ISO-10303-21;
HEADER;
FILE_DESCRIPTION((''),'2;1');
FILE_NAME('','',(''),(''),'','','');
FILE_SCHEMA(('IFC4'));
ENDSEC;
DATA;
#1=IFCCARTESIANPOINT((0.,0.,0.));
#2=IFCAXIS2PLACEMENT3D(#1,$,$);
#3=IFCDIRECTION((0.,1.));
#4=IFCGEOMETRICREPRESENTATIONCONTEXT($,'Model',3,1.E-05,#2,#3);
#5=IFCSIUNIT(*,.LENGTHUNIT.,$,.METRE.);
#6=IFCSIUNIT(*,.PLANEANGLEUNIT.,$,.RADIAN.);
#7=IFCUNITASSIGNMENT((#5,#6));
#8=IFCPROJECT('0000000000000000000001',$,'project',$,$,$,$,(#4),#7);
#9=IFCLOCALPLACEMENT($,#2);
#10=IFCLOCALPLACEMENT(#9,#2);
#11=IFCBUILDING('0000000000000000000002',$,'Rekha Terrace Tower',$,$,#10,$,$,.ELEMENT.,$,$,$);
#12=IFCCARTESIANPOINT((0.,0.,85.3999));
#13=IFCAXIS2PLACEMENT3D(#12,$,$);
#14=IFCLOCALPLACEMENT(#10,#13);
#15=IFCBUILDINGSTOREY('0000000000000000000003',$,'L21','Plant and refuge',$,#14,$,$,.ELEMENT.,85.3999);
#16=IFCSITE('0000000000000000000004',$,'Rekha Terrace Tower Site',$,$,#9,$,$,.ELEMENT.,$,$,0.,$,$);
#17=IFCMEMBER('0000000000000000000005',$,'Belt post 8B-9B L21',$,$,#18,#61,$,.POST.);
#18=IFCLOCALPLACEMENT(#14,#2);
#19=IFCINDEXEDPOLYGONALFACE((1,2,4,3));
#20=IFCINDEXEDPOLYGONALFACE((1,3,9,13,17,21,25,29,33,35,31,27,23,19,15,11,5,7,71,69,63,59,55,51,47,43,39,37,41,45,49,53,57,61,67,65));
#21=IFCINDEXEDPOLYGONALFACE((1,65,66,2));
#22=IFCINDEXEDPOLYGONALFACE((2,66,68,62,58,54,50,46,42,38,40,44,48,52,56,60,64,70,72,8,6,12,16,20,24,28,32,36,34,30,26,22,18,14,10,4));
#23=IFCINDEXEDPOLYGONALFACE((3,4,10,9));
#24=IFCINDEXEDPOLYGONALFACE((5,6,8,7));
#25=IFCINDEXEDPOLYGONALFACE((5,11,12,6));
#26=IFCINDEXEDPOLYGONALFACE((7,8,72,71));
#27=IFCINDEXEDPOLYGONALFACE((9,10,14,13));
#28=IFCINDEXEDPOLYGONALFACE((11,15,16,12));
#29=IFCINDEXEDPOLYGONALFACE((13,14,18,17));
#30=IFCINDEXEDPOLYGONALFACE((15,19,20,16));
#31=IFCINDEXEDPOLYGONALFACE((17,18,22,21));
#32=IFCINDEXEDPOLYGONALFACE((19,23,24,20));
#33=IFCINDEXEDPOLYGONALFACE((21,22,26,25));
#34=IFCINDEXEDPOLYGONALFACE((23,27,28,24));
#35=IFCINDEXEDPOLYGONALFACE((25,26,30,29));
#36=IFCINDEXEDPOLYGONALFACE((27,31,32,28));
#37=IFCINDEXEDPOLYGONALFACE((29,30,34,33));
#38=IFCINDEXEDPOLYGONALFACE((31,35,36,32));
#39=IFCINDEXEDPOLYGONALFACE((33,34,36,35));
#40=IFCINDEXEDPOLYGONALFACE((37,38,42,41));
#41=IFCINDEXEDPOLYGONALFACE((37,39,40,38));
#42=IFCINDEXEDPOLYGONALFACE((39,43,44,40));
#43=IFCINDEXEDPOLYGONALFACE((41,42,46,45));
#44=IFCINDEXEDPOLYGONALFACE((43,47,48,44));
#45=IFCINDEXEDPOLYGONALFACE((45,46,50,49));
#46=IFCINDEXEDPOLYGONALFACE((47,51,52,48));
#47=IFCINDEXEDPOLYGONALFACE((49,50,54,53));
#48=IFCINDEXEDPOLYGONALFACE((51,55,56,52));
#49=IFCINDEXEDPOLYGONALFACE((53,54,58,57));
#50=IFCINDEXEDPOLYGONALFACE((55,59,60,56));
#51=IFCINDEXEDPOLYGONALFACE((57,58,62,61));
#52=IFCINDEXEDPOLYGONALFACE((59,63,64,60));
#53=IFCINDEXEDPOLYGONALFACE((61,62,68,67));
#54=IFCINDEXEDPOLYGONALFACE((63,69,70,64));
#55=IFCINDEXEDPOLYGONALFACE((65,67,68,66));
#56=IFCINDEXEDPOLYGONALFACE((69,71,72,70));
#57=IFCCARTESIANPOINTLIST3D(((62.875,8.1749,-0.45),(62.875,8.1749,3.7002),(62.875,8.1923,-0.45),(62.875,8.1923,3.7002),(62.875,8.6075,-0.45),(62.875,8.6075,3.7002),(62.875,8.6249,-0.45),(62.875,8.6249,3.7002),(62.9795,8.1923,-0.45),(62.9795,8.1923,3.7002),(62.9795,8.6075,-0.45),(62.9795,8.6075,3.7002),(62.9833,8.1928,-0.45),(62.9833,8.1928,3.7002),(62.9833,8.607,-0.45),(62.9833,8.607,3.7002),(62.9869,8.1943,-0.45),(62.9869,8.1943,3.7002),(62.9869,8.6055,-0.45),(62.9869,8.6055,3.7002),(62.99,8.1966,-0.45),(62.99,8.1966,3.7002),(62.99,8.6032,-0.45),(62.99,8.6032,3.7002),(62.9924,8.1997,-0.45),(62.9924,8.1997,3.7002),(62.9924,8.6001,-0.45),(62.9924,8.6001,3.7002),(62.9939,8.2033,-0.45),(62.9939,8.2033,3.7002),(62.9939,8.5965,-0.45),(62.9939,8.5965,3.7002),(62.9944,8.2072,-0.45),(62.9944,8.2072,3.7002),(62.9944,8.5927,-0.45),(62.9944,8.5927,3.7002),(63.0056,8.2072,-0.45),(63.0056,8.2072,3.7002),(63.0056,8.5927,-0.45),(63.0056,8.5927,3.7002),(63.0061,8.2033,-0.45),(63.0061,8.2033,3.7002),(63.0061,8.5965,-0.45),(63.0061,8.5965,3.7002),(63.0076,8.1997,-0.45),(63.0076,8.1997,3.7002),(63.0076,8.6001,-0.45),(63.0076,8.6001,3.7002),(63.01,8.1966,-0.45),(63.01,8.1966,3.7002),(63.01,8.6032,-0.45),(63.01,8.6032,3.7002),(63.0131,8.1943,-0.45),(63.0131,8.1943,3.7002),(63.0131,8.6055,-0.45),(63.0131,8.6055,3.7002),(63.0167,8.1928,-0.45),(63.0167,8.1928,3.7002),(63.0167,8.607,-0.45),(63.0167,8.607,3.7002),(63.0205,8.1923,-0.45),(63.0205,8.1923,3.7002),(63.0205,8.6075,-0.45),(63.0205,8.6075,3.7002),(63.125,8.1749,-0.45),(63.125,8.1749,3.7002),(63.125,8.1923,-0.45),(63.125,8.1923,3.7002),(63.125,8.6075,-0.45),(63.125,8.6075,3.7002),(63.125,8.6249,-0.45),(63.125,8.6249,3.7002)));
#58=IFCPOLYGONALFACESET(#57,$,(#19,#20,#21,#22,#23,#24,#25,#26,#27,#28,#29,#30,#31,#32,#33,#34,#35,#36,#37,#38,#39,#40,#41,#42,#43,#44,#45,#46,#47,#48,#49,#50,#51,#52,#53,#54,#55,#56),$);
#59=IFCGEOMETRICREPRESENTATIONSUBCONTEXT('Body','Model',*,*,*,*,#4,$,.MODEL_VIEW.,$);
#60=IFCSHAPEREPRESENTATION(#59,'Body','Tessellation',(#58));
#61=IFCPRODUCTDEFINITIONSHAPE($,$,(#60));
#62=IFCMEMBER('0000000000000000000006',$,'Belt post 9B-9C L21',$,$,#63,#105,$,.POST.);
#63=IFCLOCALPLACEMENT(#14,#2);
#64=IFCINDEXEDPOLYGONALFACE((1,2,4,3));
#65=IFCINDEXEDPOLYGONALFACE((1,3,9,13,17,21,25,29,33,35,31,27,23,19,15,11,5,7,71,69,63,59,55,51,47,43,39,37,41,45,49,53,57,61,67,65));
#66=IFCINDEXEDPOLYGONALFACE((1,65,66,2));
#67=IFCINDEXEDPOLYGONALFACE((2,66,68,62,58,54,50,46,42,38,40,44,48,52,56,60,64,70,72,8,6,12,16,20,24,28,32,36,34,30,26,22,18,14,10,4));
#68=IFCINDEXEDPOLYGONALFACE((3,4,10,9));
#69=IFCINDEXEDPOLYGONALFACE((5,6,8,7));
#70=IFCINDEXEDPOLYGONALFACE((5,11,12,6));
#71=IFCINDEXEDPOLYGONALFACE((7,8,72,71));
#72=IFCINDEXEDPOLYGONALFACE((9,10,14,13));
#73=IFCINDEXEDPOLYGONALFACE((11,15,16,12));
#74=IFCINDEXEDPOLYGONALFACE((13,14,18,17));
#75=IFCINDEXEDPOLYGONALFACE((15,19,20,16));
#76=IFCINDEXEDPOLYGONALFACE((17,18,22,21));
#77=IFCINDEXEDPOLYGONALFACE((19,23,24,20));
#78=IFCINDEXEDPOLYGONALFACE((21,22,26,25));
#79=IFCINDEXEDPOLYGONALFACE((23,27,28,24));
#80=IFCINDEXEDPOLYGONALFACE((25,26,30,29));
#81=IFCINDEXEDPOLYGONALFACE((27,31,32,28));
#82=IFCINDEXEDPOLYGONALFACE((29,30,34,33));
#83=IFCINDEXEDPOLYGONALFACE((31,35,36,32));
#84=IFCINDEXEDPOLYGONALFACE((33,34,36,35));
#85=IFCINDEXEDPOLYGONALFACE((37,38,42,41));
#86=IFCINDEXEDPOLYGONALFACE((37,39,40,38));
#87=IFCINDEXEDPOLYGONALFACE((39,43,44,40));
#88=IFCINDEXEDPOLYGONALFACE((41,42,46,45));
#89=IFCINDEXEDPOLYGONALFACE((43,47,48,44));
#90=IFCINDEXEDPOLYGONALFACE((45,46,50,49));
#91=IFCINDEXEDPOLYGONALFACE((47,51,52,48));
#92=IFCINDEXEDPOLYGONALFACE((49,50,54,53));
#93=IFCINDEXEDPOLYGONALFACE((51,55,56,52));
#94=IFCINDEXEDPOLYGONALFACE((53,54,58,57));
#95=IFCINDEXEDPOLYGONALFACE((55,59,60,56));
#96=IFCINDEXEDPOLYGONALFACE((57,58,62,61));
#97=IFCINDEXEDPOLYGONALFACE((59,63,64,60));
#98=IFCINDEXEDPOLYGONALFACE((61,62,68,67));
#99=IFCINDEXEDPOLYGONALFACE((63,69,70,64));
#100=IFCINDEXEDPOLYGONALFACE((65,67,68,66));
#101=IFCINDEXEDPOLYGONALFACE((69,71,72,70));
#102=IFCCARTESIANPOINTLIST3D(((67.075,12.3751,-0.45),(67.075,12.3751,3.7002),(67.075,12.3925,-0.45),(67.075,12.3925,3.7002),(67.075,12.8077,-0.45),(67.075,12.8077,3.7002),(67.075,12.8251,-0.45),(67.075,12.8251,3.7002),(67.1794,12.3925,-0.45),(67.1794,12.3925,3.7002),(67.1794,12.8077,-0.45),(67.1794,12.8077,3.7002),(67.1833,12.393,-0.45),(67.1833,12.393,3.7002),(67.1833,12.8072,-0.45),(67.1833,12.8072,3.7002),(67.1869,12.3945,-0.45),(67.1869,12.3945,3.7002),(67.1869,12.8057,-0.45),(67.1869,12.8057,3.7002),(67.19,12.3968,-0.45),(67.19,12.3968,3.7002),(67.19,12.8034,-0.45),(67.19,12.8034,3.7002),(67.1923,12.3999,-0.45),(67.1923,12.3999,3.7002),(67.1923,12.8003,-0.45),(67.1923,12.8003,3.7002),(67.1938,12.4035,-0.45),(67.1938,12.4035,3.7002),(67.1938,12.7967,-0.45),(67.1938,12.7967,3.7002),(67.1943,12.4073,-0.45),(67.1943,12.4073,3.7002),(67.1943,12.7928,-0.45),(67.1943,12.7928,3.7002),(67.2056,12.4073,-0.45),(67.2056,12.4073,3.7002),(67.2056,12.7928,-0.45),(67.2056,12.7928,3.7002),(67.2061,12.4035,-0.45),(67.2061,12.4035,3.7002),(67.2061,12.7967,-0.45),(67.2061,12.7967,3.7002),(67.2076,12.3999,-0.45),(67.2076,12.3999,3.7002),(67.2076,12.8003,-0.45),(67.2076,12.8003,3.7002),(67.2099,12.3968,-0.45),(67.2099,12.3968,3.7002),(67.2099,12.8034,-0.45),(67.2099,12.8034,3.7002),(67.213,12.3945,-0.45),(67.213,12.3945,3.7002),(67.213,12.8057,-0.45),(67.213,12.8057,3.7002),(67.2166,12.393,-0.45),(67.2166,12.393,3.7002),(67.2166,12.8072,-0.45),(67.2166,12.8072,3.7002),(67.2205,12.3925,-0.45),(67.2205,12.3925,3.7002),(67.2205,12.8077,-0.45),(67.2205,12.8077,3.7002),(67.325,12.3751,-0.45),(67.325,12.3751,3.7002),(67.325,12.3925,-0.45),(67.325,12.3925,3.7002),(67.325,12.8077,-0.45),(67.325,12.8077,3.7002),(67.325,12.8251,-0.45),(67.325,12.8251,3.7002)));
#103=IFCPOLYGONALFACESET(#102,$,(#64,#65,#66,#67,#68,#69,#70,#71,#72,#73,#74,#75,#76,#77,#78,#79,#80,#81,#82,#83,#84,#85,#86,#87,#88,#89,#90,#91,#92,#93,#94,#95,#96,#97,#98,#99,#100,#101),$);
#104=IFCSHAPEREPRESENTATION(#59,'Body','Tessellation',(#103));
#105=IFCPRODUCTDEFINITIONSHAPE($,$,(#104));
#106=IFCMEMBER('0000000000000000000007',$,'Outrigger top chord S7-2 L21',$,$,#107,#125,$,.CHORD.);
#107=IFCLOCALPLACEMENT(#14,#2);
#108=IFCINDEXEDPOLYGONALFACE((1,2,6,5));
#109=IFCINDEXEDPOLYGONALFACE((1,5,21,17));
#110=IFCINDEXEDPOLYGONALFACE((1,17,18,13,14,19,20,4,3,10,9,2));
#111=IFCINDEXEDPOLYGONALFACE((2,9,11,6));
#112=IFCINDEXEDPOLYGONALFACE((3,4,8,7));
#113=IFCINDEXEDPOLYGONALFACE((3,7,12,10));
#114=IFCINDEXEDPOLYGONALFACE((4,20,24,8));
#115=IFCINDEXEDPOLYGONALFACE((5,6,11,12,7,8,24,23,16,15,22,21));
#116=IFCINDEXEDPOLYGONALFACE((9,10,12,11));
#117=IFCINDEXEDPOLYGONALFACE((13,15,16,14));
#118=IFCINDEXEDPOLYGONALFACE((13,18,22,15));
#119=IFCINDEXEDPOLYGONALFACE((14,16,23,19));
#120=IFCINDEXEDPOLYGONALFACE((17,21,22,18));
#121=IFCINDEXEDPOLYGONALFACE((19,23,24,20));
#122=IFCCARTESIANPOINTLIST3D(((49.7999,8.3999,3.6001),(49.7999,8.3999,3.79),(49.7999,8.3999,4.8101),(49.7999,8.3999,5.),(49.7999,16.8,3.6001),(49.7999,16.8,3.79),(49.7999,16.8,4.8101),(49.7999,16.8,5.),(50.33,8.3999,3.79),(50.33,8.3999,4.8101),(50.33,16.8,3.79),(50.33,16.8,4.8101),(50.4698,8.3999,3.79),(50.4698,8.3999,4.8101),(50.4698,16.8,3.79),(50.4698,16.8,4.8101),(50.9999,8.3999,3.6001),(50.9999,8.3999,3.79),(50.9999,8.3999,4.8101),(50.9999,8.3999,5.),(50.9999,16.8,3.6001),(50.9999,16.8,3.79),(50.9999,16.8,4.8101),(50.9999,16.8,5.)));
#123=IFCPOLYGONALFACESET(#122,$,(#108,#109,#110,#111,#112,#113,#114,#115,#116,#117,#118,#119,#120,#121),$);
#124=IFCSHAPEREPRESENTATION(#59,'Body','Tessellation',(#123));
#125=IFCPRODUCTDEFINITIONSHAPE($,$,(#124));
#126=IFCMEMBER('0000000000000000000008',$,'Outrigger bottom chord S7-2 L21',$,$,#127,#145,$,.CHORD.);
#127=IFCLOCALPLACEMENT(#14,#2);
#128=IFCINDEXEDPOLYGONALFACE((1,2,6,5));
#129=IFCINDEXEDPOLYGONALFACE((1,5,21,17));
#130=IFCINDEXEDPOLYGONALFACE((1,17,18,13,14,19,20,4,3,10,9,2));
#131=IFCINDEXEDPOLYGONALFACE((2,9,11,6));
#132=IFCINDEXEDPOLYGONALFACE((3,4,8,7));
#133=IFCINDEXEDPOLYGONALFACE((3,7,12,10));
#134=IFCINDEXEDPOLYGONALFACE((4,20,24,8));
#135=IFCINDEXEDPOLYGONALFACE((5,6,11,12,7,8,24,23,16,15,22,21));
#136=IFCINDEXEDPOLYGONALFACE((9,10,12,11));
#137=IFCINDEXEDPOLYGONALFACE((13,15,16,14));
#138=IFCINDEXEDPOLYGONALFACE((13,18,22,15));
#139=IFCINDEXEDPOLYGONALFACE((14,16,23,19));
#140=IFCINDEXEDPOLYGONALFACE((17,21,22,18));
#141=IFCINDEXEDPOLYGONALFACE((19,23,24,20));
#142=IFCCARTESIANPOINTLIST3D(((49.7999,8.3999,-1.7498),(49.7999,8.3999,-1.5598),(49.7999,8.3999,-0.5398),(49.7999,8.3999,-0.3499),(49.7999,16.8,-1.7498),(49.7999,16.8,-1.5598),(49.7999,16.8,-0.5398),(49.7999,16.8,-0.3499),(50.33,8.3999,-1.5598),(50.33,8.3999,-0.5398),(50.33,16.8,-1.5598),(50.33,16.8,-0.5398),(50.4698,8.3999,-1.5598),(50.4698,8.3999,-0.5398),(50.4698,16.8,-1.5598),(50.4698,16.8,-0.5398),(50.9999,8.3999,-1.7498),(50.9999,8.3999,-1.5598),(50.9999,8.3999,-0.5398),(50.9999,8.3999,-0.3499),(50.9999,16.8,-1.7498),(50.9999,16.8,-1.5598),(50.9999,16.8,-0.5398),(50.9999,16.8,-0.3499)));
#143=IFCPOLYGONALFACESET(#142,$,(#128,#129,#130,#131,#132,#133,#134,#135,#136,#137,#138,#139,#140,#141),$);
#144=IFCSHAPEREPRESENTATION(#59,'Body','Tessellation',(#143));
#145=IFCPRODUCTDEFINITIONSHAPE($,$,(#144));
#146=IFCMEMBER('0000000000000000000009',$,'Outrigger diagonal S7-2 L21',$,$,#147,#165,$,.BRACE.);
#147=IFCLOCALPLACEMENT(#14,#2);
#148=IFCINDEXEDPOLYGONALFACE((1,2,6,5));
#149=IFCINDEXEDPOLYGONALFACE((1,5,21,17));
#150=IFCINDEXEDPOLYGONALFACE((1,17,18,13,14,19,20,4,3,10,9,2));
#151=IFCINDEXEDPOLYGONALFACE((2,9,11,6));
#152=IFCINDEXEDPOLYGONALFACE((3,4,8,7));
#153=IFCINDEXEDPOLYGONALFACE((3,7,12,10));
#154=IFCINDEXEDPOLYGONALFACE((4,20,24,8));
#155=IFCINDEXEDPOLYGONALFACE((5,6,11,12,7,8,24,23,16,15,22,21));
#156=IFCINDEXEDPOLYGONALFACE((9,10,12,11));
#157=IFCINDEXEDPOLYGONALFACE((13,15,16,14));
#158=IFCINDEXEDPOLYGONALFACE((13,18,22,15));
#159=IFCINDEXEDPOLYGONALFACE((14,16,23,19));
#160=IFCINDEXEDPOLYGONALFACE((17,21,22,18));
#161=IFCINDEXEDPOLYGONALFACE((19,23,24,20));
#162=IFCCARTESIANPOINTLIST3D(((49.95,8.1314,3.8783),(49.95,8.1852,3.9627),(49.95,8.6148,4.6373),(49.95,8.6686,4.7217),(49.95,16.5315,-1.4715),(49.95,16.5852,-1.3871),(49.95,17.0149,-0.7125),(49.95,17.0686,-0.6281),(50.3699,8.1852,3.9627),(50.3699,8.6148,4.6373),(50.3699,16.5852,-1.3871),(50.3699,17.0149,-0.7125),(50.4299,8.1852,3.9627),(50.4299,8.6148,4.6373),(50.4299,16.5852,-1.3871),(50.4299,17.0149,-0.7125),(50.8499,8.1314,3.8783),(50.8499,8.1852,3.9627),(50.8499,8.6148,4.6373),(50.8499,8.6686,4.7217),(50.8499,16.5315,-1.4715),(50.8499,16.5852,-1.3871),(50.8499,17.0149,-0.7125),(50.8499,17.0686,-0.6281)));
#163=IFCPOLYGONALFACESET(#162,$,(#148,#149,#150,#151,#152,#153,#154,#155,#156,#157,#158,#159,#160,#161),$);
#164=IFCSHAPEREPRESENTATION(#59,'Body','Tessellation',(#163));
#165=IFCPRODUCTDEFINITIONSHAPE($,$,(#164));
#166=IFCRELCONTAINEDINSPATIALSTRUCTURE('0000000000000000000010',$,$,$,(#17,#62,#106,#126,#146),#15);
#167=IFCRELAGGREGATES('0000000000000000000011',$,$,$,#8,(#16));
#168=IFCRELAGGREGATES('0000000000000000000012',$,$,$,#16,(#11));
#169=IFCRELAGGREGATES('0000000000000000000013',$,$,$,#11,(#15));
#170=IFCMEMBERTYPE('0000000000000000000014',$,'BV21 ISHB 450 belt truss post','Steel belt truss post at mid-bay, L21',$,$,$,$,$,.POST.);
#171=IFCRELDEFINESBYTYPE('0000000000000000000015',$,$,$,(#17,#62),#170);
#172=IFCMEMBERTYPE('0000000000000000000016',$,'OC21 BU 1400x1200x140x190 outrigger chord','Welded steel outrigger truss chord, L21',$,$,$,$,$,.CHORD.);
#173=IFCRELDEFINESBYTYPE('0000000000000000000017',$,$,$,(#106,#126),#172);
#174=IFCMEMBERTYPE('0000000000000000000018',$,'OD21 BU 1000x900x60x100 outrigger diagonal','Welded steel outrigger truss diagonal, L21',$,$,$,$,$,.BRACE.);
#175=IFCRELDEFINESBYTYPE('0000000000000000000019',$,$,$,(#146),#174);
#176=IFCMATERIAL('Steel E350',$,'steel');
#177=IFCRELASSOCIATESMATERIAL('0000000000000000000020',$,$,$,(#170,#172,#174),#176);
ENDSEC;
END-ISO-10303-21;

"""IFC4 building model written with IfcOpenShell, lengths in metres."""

from ifc_helpers import new_model, si_unit, direction, frame, origin, origin_2d, place, context, subcontext, project, spatial, i_section, extrude, material, material_profile, profile_set, type_object, element, save


model = new_model("IFC4")

# Units and contexts
model_context = context("Model", 3, precision=1e-05, world=origin(), true_north=direction((0.0, 1.0)))
body_context = subcontext(model_context, "Body", "Model", "MODEL_VIEW")
ifc_project = project(units=[si_unit("LENGTHUNIT", "METRE"), si_unit("PLANEANGLEUNIT", "RADIAN")], contexts=[model_context])

# Site, building, storey
site_placement = place(None, origin())
site = spatial("IfcSite", under=ifc_project, at=site_placement, Name="Rekha Terrace Tower Site", CompositionType="ELEMENT", RefElevation=0.0)
building_placement = place(site_placement, origin())
building = spatial("IfcBuilding", under=site, at=building_placement, Name="Rekha Terrace Tower", CompositionType="ELEMENT")
storey_placement = place(building_placement, frame((0.0, 0.0, 85.3999)))
storey = spatial("IfcBuildingStorey", under=building, at=storey_placement, Name="L21", Description="Plant and refuge", CompositionType="ELEMENT", Elevation=85.3999)

# Members
ifc_material_1 = material(Name="Steel E350", Category="steel")
ifc_material_profile_1 = material_profile(ifc_material_1, i_section(OverallWidth=0.25, OverallDepth=0.45, WebThickness=0.0112, FlangeThickness=0.0173, FilletRadius=0.0149, at=origin_2d()), Name="ISHB 450")
ifc_profile_set_1 = profile_set([ifc_material_profile_1], Name="Steel E350")
member_type_1 = type_object("IfcMemberType", Name="BV21 ISHB 450 belt truss post", Description="Steel belt truss post at mid-bay, L21", PredefinedType="POST", material=ifc_profile_set_1)
for number, where, z_axis, x_axis, name in (
    (1, (63.0, 8.3999, -0.45), (0.0, 0.0, 1.0), (1.0, 0.0, 0.0), "Belt post 8B-9B L21"),
    (2, (67.2, 12.6001, -0.45), (0.0, 0.0, 1.0), (1.0, 0.0, 0.0), "Belt post 9B-9C L21"),
):
    element("IfcMember", number, at=place(storey_placement, frame(where, z_axis=z_axis, x_axis=x_axis)), inside=storey, type_object=member_type_1, Name=name, PredefinedType="POST", context=body_context, shape_type="SweptSolid", body=[
        extrude(i_section(OverallWidth=0.25, OverallDepth=0.45, WebThickness=0.0112, FlangeThickness=0.0173, FilletRadius=0.0149, at=origin_2d()), origin(), (0.0, 0.0, 1.0), 4.1501),
    ])
ifc_material_profile_2 = material_profile(ifc_material_1, i_section(OverallWidth=1.2, OverallDepth=1.3999, WebThickness=0.1399, FlangeThickness=0.1899, at=origin_2d()), Name="BU 1400x1200x140x190")
ifc_profile_set_2 = profile_set([ifc_material_profile_2], Name="Steel E350")
member_type_2 = type_object("IfcMemberType", Name="OC21 BU 1400x1200x140x190 outrigger chord", Description="Welded steel outrigger truss chord, L21", PredefinedType="CHORD", material=ifc_profile_set_2)
for number, where, z_axis, x_axis, name in (
    (3, (50.3999, 16.8, 4.3), (0.0, -1.0, 0.0), (1.0, 0.0, 0.0), "Outrigger top chord S7-2 L21"),
    (4, (50.3999, 16.8, -1.0498), (0.0, -1.0, 0.0), (1.0, 0.0, 0.0), "Outrigger bottom chord S7-2 L21"),
):
    element("IfcMember", number, at=place(storey_placement, frame(where, z_axis=z_axis, x_axis=x_axis)), inside=storey, type_object=member_type_2, Name=name, PredefinedType="CHORD", context=body_context, shape_type="SweptSolid", body=[
        extrude(i_section(OverallWidth=1.2, OverallDepth=1.3999, WebThickness=0.1399, FlangeThickness=0.1899, at=origin_2d()), origin(), (0.0, 0.0, 1.0), 8.4001),
    ])
ifc_material_profile_3 = material_profile(ifc_material_1, i_section(OverallWidth=0.8999, OverallDepth=1.0, WebThickness=0.0601, FlangeThickness=0.1001, at=origin_2d()), Name="BU 1000x900x60x100")
ifc_profile_set_3 = profile_set([ifc_material_profile_3], Name="Steel E350")
member_type_3 = type_object("IfcMemberType", Name="OD21 BU 1000x900x60x100 outrigger diagonal", Description="Welded steel outrigger truss diagonal, L21", PredefinedType="BRACE", material=ifc_profile_set_3)
member_1_placement = place(storey_placement, frame((50.3999, 16.8, -1.0498), z_axis=(0.0, -0.843466, 0.537183), x_axis=(1.0, 0.0, 0.0)))
element("IfcMember", 5, at=member_1_placement, inside=storey, type_object=member_type_3, Name="Outrigger diagonal S7-2 L21", PredefinedType="BRACE", context=body_context, shape_type="SweptSolid", body=[
    extrude(i_section(OverallWidth=0.8999, OverallDepth=1.0, WebThickness=0.0601, FlangeThickness=0.1001, at=origin_2d()), origin(), (0.0, 0.0, 1.0), 9.959),
])

save(model, "model.ifc")
